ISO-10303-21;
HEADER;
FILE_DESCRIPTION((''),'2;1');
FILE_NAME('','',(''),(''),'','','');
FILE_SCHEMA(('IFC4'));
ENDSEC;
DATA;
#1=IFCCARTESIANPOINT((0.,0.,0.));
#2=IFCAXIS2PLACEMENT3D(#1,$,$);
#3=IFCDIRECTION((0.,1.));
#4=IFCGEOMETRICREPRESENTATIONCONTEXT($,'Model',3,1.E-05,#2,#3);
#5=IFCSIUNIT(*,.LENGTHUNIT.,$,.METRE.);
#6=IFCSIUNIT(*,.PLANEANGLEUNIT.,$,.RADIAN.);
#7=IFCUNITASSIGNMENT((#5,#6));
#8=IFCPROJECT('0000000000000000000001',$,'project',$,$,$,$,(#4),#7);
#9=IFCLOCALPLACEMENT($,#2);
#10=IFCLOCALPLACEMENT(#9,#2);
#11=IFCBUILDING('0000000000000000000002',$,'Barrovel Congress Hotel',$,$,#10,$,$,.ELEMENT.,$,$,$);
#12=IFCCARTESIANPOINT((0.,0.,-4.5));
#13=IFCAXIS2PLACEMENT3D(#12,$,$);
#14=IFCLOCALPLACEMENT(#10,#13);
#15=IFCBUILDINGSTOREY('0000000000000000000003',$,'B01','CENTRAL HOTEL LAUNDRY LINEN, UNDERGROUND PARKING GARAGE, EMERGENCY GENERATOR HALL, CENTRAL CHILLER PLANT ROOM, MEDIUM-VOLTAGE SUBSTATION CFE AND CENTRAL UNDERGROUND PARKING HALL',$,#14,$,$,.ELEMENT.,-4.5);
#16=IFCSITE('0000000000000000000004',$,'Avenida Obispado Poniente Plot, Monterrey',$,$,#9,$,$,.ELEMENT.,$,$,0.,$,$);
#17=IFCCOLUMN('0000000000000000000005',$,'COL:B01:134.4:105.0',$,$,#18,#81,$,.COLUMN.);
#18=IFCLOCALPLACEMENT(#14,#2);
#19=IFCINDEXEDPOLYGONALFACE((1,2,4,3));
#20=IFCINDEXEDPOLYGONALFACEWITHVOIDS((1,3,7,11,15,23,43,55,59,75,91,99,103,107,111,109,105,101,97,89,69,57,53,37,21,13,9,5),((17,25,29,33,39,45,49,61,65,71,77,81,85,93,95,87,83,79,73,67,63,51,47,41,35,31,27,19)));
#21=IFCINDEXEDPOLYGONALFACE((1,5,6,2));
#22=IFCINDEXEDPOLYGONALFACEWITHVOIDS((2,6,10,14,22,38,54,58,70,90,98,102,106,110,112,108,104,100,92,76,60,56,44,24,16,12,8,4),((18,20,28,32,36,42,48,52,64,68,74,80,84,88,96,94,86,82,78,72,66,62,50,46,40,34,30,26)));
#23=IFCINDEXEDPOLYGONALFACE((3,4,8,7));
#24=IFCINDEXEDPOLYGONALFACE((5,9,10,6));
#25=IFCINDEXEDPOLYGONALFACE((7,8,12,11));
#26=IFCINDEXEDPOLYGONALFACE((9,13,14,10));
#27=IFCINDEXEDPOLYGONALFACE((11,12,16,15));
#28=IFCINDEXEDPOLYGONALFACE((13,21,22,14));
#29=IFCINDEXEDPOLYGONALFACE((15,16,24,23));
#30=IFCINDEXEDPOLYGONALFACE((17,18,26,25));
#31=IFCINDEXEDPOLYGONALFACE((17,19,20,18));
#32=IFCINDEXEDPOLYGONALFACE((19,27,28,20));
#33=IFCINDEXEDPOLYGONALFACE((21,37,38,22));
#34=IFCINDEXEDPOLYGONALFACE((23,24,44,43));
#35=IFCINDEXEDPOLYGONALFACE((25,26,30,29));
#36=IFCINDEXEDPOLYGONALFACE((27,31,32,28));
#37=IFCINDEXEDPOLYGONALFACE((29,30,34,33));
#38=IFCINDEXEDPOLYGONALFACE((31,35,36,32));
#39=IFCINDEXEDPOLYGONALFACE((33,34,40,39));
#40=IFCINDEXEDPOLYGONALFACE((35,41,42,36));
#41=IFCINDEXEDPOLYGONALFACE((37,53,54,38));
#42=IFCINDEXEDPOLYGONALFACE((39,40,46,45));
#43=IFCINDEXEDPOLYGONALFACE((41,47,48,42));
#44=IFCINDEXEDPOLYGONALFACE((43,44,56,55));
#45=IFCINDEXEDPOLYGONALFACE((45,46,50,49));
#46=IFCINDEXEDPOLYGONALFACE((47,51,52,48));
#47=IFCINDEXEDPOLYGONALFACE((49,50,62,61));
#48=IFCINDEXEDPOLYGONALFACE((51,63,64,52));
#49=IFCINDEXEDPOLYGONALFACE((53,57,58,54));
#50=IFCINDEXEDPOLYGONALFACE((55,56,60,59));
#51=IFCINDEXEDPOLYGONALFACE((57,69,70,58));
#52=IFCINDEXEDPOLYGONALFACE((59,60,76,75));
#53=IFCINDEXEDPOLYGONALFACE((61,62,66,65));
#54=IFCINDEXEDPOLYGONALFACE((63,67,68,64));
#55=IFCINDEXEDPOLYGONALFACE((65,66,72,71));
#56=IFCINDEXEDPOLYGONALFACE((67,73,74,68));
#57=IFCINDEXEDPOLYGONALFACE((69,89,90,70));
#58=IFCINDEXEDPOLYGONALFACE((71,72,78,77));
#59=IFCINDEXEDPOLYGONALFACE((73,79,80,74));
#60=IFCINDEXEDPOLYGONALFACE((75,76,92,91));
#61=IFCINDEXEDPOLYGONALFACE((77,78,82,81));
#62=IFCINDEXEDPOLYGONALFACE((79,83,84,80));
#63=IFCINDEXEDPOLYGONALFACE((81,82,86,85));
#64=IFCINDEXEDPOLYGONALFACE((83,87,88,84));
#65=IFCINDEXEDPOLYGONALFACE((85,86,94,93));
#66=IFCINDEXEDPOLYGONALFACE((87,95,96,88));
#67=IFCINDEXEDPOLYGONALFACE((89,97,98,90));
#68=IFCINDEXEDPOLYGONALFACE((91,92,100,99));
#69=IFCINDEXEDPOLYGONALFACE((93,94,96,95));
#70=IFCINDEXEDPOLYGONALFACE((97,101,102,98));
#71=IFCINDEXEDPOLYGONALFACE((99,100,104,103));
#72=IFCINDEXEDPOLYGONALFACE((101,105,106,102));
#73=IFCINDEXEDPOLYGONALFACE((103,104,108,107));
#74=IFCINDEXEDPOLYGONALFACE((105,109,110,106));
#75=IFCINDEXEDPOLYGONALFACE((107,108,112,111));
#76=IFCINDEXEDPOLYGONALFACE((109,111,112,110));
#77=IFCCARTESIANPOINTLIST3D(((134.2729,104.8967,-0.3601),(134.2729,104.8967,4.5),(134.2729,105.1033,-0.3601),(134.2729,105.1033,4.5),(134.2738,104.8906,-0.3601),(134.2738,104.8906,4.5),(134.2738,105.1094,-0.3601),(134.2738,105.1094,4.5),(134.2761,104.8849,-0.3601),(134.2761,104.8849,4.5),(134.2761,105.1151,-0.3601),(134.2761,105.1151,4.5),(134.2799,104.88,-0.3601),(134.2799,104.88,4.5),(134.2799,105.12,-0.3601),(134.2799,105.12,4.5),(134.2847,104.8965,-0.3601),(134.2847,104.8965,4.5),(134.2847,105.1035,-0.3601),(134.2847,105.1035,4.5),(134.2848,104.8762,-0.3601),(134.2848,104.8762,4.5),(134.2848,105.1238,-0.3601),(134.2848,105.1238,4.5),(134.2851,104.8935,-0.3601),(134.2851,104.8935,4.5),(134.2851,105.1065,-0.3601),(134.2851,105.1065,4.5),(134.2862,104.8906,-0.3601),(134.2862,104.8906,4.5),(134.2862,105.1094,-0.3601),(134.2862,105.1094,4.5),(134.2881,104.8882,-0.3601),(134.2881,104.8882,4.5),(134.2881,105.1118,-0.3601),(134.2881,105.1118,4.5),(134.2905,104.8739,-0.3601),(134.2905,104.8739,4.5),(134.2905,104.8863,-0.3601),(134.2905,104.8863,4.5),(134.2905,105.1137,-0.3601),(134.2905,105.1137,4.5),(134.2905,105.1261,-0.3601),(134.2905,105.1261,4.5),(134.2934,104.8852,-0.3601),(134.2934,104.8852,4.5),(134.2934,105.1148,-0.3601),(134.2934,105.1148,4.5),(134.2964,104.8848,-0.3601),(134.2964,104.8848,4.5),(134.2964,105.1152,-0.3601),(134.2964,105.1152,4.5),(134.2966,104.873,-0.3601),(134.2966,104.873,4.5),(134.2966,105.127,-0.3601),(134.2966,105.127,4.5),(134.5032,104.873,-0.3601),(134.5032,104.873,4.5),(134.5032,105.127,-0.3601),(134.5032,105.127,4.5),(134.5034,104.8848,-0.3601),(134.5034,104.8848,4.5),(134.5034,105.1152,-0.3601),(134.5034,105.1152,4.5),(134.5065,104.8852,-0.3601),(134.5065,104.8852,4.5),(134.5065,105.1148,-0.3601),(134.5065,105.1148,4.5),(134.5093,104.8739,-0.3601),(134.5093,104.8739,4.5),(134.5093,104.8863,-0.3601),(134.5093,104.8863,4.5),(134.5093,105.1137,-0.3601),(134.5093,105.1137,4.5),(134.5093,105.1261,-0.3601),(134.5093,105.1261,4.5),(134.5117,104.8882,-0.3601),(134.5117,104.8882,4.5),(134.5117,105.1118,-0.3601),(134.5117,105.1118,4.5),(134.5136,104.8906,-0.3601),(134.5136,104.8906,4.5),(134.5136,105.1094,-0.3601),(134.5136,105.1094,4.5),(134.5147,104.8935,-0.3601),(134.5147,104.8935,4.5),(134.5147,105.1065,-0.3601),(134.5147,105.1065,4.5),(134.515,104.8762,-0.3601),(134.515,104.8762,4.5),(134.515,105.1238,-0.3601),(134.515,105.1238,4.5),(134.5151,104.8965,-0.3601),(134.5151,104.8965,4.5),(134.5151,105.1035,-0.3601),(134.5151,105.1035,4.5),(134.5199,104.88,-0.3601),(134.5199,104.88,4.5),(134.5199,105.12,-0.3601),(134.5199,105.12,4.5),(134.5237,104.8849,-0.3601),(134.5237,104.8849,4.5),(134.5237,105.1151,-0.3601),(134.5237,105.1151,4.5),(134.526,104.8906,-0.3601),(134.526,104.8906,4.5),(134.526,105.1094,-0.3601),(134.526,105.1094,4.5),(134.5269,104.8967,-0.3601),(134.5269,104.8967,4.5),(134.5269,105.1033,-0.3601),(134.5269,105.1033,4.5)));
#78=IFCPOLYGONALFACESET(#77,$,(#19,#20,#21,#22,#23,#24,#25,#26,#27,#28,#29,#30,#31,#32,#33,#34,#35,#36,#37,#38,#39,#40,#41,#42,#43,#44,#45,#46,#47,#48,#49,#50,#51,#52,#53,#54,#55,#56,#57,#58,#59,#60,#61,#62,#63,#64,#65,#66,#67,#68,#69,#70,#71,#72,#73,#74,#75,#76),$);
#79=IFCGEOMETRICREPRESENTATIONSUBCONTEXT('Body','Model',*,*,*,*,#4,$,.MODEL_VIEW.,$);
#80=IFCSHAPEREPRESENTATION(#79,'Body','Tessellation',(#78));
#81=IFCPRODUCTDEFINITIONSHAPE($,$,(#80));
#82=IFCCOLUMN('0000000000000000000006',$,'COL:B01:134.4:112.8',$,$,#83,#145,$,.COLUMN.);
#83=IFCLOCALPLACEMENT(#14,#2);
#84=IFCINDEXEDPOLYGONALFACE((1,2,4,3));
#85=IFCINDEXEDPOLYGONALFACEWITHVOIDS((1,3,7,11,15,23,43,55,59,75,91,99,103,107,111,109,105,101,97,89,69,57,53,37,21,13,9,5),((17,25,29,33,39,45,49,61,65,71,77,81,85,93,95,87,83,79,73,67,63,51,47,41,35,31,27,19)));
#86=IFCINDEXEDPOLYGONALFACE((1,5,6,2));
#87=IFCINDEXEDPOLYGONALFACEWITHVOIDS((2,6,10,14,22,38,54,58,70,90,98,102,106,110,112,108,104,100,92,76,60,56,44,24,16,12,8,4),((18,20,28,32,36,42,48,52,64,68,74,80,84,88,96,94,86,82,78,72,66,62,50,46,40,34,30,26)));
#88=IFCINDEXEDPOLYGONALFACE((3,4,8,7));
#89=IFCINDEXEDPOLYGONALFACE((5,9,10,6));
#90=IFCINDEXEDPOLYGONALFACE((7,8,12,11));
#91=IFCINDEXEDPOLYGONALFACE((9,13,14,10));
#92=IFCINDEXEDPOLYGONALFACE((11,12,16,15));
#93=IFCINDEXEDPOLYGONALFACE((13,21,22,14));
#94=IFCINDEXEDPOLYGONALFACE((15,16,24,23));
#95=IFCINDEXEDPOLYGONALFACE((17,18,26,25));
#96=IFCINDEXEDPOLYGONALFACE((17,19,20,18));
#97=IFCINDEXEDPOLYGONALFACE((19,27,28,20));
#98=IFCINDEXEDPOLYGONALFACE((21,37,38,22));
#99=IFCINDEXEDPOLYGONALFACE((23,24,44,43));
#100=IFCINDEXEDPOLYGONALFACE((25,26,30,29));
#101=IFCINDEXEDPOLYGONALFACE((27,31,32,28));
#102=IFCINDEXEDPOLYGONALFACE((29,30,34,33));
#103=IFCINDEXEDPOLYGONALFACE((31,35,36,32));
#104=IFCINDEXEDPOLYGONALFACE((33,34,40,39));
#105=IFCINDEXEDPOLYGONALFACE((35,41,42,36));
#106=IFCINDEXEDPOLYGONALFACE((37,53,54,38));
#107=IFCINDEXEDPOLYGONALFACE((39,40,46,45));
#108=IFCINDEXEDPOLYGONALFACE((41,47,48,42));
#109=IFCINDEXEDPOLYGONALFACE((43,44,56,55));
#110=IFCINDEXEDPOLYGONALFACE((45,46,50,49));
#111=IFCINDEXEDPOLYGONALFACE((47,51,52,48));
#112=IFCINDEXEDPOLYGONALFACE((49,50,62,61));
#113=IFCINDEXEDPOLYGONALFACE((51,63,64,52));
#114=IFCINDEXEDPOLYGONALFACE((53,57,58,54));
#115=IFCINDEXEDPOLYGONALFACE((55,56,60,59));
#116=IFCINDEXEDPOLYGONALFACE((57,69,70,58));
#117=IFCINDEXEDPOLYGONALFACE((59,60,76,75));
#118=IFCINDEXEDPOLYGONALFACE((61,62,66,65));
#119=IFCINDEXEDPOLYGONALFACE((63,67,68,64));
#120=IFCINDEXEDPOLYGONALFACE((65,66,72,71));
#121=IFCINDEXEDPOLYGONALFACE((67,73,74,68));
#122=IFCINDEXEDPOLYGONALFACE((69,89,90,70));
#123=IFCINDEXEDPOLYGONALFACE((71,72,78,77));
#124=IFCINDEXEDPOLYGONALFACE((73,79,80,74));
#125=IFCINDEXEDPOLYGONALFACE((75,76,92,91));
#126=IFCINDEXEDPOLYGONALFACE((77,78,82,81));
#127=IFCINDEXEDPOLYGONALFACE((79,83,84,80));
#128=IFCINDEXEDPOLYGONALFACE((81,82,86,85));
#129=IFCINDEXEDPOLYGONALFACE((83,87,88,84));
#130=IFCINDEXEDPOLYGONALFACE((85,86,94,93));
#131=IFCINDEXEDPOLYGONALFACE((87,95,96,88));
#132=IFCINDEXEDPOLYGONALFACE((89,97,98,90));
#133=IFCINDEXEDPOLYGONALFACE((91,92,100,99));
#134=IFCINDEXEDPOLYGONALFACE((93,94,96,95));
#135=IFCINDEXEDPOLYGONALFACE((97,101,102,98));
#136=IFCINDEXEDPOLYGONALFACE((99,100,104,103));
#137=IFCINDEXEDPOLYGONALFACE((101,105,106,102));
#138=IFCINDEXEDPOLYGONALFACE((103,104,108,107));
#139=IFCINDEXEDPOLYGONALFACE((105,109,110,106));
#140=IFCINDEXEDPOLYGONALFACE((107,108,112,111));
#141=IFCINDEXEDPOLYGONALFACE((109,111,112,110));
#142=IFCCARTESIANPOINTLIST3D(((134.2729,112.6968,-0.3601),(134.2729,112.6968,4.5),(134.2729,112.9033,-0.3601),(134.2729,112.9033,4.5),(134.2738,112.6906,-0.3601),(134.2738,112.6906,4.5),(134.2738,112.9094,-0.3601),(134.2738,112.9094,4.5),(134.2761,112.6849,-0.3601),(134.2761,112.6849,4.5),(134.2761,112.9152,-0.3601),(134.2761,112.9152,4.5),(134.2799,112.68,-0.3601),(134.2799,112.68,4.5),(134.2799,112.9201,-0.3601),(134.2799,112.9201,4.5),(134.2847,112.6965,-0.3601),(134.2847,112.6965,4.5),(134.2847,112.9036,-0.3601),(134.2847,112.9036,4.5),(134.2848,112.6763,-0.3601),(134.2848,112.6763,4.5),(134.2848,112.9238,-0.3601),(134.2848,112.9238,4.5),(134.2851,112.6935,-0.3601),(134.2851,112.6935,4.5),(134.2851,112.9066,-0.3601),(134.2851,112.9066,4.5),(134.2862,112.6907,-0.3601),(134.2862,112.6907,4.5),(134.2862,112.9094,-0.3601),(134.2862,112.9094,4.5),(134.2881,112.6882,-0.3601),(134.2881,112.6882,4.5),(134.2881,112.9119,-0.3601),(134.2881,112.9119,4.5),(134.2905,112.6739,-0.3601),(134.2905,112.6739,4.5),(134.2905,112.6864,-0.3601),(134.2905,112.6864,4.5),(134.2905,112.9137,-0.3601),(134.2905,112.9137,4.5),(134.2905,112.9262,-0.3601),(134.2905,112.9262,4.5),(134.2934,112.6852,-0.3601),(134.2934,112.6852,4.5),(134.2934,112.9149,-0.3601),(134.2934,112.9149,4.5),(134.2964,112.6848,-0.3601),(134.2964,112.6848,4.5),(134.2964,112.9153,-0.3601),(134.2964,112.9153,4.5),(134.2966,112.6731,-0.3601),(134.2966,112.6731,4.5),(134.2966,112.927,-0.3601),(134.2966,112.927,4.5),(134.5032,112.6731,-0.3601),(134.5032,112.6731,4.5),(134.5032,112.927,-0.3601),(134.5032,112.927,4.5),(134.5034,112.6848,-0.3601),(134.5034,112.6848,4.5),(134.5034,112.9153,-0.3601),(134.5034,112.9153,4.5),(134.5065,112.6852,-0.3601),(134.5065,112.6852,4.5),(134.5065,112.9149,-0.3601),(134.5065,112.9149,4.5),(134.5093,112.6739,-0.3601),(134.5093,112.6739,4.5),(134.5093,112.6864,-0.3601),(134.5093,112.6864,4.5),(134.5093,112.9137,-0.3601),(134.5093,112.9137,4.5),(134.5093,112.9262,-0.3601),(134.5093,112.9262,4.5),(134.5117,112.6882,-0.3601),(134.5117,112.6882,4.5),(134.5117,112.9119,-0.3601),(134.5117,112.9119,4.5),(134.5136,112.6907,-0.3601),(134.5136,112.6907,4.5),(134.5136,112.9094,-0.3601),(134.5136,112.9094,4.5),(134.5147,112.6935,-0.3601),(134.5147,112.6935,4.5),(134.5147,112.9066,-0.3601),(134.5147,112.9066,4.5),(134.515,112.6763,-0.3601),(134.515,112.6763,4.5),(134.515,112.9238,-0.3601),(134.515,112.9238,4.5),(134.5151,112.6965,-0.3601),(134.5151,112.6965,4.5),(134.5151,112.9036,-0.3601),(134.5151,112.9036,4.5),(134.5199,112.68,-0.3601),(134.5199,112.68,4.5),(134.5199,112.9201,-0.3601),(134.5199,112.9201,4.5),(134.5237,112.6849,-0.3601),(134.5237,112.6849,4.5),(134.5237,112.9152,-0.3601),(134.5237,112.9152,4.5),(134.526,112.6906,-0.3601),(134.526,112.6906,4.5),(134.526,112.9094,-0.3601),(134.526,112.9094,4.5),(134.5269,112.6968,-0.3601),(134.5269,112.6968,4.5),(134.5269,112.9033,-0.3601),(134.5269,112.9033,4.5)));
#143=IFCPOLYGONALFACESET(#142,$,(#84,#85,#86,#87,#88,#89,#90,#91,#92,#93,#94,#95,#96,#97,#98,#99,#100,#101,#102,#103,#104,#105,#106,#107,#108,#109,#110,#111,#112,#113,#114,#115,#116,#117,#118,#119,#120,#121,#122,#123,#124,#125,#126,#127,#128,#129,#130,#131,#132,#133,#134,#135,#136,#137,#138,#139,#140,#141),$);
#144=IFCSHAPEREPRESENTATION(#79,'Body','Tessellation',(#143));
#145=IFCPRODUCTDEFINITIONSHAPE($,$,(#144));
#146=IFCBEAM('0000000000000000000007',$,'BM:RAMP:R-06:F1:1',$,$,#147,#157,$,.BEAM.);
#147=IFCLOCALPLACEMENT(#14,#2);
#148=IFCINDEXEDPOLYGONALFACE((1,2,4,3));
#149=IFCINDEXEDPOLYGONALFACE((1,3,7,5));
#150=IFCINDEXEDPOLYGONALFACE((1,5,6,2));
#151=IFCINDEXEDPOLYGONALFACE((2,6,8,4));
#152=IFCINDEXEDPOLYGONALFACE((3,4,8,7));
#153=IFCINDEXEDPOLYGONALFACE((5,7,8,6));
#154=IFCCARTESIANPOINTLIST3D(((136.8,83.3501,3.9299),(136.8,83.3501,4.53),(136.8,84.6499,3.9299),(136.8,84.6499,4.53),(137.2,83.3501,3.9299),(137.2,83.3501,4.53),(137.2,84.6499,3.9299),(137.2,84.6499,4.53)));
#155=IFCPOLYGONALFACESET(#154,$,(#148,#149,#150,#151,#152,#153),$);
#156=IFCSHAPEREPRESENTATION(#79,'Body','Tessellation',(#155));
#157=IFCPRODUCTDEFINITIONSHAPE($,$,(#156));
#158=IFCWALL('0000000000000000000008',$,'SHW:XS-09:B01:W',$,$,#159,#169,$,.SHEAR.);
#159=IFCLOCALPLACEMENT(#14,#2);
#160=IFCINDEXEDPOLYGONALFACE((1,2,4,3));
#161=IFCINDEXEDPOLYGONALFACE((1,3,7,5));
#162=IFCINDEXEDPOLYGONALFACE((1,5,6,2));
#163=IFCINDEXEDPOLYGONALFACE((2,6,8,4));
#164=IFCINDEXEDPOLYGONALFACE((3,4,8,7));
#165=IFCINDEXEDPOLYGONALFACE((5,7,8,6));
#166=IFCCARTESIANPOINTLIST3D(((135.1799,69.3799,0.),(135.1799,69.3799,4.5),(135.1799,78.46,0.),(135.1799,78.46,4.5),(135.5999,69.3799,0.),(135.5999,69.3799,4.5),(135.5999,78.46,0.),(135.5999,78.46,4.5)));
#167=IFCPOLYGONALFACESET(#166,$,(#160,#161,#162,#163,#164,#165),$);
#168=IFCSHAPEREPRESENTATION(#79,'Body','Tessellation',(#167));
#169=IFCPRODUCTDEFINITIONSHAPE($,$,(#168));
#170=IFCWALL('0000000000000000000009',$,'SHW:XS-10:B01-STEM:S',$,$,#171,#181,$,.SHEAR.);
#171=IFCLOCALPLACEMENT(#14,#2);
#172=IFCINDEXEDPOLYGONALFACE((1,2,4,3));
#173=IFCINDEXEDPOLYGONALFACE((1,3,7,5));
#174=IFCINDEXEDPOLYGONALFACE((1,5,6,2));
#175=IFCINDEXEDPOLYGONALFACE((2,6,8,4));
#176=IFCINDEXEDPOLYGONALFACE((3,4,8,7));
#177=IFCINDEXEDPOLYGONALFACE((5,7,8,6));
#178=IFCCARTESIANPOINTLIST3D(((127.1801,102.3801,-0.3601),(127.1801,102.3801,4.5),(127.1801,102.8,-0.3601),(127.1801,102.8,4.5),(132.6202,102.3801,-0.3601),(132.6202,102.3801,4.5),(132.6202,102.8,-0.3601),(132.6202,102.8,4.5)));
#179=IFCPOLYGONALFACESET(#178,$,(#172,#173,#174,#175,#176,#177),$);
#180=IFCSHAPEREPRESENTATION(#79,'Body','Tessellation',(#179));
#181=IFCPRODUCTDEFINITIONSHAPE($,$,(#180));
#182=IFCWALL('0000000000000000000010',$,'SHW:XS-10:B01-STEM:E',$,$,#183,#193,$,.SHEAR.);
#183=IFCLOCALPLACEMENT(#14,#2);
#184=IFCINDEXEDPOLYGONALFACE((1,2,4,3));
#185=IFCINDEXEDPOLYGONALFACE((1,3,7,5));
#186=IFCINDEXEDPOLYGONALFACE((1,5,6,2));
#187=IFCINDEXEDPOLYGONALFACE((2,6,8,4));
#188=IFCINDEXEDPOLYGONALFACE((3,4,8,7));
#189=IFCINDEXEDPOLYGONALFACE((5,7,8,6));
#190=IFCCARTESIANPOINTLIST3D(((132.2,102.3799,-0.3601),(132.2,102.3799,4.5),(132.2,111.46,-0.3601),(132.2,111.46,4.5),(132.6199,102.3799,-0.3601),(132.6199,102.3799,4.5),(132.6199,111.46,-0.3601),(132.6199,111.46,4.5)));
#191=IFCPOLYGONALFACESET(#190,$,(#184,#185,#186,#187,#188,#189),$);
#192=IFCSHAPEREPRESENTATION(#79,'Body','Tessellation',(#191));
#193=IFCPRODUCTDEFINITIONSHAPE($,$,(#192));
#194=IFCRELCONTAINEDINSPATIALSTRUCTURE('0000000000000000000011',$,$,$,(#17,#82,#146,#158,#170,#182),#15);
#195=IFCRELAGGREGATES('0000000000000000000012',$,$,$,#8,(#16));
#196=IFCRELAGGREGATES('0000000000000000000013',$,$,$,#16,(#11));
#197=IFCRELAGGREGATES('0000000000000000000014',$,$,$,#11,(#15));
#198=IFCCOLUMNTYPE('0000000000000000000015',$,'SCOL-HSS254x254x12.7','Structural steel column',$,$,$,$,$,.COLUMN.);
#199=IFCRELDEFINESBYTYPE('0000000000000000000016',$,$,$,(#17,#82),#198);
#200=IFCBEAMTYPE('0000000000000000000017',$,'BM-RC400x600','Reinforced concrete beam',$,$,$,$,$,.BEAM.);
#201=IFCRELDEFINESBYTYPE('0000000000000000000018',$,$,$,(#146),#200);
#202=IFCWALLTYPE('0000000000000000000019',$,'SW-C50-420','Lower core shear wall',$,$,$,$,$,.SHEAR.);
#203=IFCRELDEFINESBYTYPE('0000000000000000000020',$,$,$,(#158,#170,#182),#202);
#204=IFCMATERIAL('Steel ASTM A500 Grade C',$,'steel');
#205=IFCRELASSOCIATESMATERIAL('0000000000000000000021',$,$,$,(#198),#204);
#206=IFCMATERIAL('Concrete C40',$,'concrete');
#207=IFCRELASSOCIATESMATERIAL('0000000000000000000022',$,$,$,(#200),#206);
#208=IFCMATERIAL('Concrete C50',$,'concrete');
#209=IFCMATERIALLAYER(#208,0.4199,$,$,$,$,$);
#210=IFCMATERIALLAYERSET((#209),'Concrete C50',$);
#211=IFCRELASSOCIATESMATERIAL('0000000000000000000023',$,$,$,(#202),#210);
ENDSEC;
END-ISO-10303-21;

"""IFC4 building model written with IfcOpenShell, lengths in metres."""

from ifc_helpers import new_model, si_unit, direction, frame, frame_2d, origin, origin_2d, place, context, subcontext, project, spatial, rectangle, hollow_rectangle, extrude, material, layer, layer_set, material_profile, profile_set, type_object, element, save


model = new_model("IFC4")

# Units and contexts
model_context = context("Model", 3, precision=1e-05, world=origin(), true_north=direction((0.0, 1.0)))
body_context = subcontext(model_context, "Body", "Model", "MODEL_VIEW")
ifc_project = project(units=[si_unit("LENGTHUNIT", "METRE"), si_unit("PLANEANGLEUNIT", "RADIAN")], contexts=[model_context])

# Site, building, storey
site_placement = place(None, origin())
site = spatial("IfcSite", under=ifc_project, at=site_placement, Name="Avenida Obispado Poniente Plot, Monterrey", CompositionType="ELEMENT", RefElevation=0.0)
building_placement = place(site_placement, origin())
building = spatial("IfcBuilding", under=site, at=building_placement, Name="Barrovel Congress Hotel", CompositionType="ELEMENT")
storey_placement = place(building_placement, frame((0.0, 0.0, -4.5)))
storey = spatial("IfcBuildingStorey", under=building, at=storey_placement, Name="B01", Description="CENTRAL HOTEL LAUNDRY LINEN, UNDERGROUND PARKING GARAGE, EMERGENCY GENERATOR HALL, CENTRAL CHILLER PLANT ROOM, MEDIUM-VOLTAGE SUBSTATION CFE AND CENTRAL UNDERGROUND PARKING HALL", CompositionType="ELEMENT", Elevation=-4.5)

# Shared definitions
ifc_material_1 = material(Name="Concrete C40", Category="concrete")

# Columns
ifc_material_2 = material(Name="Steel ASTM A500 Grade C", Category="steel")
ifc_material_profile_1 = material_profile(ifc_material_2, hollow_rectangle(XDim=0.2539, YDim=0.2539, WallThickness=0.0117, InnerFilletRadius=0.0117, OuterFilletRadius=0.0237, at=origin_2d()), Name="HSS254x254x12.7")
ifc_profile_set_1 = profile_set([ifc_material_profile_1], Name="Steel ASTM A500 Grade C")
column_type_1 = type_object("IfcColumnType", Name="SCOL-HSS254x254x12.7", Description="Structural steel column", PredefinedType="COLUMN", material=ifc_profile_set_1)
for number, where, z_axis, x_axis, name in (
    (1, (134.3999, 105.0, -0.3601), (0.0, 0.0, 1.0), (1.0, 0.0, 0.0), "COL:B01:134.4:105.0"),
    (2, (134.3999, 112.8, -0.3601), (0.0, 0.0, 1.0), (1.0, 0.0, 0.0), "COL:B01:134.4:112.8"),
):
    element("IfcColumn", number, at=place(storey_placement, frame(where, z_axis=z_axis, x_axis=x_axis)), inside=storey, type_object=column_type_1, Name=name, PredefinedType="COLUMN", context=body_context, shape_type="SweptSolid", body=[
        extrude(hollow_rectangle(XDim=0.2539, YDim=0.2539, WallThickness=0.0117, InnerFilletRadius=0.0117, OuterFilletRadius=0.0237, at=origin_2d()), origin(), (0.0, 0.0, 1.0), 4.8601),
    ])

# Beam
ifc_material_profile_2 = material_profile(ifc_material_1, rectangle(XDim=0.3999, YDim=0.6001, at=origin_2d()), Name="RC400x600")
ifc_profile_set_2 = profile_set([ifc_material_profile_2], Name="Concrete C40")
beam_type = type_object("IfcBeamType", Name="BM-RC400x600", Description="Reinforced concrete beam", PredefinedType="BEAM", material=ifc_profile_set_2)
beam_placement = place(storey_placement, frame((137.0, 83.3501, 4.23), z_axis=(0.0, 1.0, 0.0), x_axis=(-1.0, 0.0, 0.0)))
element("IfcBeam", 3, at=beam_placement, inside=storey, type_object=beam_type, Name="BM:RAMP:R-06:F1:1", PredefinedType="BEAM", context=body_context, shape_type="SweptSolid", body=[
    extrude(rectangle(XDim=0.3999, YDim=0.6001, at=origin_2d()), origin(), (0.0, 0.0, 1.0), 1.2998),
])

# Walls
ifc_material_3 = material(Name="Concrete C50", Category="concrete")
ifc_layer = layer(ifc_material_3, 0.4199)
ifc_layer_set = layer_set([ifc_layer], Name="Concrete C50")
wall_type = type_object("IfcWallType", Name="SW-C50-420", Description="Lower core shear wall", PredefinedType="SHEAR", material=ifc_layer_set)
wall_1_placement = place(storey_placement, frame((135.3899, 78.46, 0.0), z_axis=(0.0, 0.0, 1.0), x_axis=(0.0, -1.0, 0.0)))
element("IfcWall", 4, at=wall_1_placement, inside=storey, type_object=wall_type, Name="SHW:XS-09:B01:W", PredefinedType="SHEAR", context=body_context, shape_type="SweptSolid", body=[
    extrude(rectangle(XDim=9.0801, YDim=0.4199, at=frame_2d((4.54, 0.0))), origin(), (0.0, 0.0, 1.0), 4.5),
])
wall_2_placement = place(storey_placement, frame((127.1799, 102.5901, -0.3601), z_axis=(0.0, 0.0, 1.0), x_axis=(1.0, 0.0, 0.0)))
element("IfcWall", 5, at=wall_2_placement, inside=storey, type_object=wall_type, Name="SHW:XS-10:B01-STEM:S", PredefinedType="SHEAR", context=body_context, shape_type="SweptSolid", body=[
    extrude(rectangle(XDim=5.4402, YDim=0.4199, at=frame_2d((2.7202, 0.0))), origin(), (0.0, 0.0, 1.0), 4.8601),
])
wall_3_placement = place(storey_placement, frame((132.4099, 102.3799, -0.3601), z_axis=(0.0, 0.0, 1.0), x_axis=(0.0, 1.0, 0.0)))
element("IfcWall", 6, at=wall_3_placement, inside=storey, type_object=wall_type, Name="SHW:XS-10:B01-STEM:E", PredefinedType="SHEAR", context=body_context, shape_type="SweptSolid", body=[
    extrude(rectangle(XDim=9.0801, YDim=0.4199, at=frame_2d((4.54, 0.0))), origin(), (0.0, 0.0, 1.0), 4.8601),
])

save(model, "model.ifc")
